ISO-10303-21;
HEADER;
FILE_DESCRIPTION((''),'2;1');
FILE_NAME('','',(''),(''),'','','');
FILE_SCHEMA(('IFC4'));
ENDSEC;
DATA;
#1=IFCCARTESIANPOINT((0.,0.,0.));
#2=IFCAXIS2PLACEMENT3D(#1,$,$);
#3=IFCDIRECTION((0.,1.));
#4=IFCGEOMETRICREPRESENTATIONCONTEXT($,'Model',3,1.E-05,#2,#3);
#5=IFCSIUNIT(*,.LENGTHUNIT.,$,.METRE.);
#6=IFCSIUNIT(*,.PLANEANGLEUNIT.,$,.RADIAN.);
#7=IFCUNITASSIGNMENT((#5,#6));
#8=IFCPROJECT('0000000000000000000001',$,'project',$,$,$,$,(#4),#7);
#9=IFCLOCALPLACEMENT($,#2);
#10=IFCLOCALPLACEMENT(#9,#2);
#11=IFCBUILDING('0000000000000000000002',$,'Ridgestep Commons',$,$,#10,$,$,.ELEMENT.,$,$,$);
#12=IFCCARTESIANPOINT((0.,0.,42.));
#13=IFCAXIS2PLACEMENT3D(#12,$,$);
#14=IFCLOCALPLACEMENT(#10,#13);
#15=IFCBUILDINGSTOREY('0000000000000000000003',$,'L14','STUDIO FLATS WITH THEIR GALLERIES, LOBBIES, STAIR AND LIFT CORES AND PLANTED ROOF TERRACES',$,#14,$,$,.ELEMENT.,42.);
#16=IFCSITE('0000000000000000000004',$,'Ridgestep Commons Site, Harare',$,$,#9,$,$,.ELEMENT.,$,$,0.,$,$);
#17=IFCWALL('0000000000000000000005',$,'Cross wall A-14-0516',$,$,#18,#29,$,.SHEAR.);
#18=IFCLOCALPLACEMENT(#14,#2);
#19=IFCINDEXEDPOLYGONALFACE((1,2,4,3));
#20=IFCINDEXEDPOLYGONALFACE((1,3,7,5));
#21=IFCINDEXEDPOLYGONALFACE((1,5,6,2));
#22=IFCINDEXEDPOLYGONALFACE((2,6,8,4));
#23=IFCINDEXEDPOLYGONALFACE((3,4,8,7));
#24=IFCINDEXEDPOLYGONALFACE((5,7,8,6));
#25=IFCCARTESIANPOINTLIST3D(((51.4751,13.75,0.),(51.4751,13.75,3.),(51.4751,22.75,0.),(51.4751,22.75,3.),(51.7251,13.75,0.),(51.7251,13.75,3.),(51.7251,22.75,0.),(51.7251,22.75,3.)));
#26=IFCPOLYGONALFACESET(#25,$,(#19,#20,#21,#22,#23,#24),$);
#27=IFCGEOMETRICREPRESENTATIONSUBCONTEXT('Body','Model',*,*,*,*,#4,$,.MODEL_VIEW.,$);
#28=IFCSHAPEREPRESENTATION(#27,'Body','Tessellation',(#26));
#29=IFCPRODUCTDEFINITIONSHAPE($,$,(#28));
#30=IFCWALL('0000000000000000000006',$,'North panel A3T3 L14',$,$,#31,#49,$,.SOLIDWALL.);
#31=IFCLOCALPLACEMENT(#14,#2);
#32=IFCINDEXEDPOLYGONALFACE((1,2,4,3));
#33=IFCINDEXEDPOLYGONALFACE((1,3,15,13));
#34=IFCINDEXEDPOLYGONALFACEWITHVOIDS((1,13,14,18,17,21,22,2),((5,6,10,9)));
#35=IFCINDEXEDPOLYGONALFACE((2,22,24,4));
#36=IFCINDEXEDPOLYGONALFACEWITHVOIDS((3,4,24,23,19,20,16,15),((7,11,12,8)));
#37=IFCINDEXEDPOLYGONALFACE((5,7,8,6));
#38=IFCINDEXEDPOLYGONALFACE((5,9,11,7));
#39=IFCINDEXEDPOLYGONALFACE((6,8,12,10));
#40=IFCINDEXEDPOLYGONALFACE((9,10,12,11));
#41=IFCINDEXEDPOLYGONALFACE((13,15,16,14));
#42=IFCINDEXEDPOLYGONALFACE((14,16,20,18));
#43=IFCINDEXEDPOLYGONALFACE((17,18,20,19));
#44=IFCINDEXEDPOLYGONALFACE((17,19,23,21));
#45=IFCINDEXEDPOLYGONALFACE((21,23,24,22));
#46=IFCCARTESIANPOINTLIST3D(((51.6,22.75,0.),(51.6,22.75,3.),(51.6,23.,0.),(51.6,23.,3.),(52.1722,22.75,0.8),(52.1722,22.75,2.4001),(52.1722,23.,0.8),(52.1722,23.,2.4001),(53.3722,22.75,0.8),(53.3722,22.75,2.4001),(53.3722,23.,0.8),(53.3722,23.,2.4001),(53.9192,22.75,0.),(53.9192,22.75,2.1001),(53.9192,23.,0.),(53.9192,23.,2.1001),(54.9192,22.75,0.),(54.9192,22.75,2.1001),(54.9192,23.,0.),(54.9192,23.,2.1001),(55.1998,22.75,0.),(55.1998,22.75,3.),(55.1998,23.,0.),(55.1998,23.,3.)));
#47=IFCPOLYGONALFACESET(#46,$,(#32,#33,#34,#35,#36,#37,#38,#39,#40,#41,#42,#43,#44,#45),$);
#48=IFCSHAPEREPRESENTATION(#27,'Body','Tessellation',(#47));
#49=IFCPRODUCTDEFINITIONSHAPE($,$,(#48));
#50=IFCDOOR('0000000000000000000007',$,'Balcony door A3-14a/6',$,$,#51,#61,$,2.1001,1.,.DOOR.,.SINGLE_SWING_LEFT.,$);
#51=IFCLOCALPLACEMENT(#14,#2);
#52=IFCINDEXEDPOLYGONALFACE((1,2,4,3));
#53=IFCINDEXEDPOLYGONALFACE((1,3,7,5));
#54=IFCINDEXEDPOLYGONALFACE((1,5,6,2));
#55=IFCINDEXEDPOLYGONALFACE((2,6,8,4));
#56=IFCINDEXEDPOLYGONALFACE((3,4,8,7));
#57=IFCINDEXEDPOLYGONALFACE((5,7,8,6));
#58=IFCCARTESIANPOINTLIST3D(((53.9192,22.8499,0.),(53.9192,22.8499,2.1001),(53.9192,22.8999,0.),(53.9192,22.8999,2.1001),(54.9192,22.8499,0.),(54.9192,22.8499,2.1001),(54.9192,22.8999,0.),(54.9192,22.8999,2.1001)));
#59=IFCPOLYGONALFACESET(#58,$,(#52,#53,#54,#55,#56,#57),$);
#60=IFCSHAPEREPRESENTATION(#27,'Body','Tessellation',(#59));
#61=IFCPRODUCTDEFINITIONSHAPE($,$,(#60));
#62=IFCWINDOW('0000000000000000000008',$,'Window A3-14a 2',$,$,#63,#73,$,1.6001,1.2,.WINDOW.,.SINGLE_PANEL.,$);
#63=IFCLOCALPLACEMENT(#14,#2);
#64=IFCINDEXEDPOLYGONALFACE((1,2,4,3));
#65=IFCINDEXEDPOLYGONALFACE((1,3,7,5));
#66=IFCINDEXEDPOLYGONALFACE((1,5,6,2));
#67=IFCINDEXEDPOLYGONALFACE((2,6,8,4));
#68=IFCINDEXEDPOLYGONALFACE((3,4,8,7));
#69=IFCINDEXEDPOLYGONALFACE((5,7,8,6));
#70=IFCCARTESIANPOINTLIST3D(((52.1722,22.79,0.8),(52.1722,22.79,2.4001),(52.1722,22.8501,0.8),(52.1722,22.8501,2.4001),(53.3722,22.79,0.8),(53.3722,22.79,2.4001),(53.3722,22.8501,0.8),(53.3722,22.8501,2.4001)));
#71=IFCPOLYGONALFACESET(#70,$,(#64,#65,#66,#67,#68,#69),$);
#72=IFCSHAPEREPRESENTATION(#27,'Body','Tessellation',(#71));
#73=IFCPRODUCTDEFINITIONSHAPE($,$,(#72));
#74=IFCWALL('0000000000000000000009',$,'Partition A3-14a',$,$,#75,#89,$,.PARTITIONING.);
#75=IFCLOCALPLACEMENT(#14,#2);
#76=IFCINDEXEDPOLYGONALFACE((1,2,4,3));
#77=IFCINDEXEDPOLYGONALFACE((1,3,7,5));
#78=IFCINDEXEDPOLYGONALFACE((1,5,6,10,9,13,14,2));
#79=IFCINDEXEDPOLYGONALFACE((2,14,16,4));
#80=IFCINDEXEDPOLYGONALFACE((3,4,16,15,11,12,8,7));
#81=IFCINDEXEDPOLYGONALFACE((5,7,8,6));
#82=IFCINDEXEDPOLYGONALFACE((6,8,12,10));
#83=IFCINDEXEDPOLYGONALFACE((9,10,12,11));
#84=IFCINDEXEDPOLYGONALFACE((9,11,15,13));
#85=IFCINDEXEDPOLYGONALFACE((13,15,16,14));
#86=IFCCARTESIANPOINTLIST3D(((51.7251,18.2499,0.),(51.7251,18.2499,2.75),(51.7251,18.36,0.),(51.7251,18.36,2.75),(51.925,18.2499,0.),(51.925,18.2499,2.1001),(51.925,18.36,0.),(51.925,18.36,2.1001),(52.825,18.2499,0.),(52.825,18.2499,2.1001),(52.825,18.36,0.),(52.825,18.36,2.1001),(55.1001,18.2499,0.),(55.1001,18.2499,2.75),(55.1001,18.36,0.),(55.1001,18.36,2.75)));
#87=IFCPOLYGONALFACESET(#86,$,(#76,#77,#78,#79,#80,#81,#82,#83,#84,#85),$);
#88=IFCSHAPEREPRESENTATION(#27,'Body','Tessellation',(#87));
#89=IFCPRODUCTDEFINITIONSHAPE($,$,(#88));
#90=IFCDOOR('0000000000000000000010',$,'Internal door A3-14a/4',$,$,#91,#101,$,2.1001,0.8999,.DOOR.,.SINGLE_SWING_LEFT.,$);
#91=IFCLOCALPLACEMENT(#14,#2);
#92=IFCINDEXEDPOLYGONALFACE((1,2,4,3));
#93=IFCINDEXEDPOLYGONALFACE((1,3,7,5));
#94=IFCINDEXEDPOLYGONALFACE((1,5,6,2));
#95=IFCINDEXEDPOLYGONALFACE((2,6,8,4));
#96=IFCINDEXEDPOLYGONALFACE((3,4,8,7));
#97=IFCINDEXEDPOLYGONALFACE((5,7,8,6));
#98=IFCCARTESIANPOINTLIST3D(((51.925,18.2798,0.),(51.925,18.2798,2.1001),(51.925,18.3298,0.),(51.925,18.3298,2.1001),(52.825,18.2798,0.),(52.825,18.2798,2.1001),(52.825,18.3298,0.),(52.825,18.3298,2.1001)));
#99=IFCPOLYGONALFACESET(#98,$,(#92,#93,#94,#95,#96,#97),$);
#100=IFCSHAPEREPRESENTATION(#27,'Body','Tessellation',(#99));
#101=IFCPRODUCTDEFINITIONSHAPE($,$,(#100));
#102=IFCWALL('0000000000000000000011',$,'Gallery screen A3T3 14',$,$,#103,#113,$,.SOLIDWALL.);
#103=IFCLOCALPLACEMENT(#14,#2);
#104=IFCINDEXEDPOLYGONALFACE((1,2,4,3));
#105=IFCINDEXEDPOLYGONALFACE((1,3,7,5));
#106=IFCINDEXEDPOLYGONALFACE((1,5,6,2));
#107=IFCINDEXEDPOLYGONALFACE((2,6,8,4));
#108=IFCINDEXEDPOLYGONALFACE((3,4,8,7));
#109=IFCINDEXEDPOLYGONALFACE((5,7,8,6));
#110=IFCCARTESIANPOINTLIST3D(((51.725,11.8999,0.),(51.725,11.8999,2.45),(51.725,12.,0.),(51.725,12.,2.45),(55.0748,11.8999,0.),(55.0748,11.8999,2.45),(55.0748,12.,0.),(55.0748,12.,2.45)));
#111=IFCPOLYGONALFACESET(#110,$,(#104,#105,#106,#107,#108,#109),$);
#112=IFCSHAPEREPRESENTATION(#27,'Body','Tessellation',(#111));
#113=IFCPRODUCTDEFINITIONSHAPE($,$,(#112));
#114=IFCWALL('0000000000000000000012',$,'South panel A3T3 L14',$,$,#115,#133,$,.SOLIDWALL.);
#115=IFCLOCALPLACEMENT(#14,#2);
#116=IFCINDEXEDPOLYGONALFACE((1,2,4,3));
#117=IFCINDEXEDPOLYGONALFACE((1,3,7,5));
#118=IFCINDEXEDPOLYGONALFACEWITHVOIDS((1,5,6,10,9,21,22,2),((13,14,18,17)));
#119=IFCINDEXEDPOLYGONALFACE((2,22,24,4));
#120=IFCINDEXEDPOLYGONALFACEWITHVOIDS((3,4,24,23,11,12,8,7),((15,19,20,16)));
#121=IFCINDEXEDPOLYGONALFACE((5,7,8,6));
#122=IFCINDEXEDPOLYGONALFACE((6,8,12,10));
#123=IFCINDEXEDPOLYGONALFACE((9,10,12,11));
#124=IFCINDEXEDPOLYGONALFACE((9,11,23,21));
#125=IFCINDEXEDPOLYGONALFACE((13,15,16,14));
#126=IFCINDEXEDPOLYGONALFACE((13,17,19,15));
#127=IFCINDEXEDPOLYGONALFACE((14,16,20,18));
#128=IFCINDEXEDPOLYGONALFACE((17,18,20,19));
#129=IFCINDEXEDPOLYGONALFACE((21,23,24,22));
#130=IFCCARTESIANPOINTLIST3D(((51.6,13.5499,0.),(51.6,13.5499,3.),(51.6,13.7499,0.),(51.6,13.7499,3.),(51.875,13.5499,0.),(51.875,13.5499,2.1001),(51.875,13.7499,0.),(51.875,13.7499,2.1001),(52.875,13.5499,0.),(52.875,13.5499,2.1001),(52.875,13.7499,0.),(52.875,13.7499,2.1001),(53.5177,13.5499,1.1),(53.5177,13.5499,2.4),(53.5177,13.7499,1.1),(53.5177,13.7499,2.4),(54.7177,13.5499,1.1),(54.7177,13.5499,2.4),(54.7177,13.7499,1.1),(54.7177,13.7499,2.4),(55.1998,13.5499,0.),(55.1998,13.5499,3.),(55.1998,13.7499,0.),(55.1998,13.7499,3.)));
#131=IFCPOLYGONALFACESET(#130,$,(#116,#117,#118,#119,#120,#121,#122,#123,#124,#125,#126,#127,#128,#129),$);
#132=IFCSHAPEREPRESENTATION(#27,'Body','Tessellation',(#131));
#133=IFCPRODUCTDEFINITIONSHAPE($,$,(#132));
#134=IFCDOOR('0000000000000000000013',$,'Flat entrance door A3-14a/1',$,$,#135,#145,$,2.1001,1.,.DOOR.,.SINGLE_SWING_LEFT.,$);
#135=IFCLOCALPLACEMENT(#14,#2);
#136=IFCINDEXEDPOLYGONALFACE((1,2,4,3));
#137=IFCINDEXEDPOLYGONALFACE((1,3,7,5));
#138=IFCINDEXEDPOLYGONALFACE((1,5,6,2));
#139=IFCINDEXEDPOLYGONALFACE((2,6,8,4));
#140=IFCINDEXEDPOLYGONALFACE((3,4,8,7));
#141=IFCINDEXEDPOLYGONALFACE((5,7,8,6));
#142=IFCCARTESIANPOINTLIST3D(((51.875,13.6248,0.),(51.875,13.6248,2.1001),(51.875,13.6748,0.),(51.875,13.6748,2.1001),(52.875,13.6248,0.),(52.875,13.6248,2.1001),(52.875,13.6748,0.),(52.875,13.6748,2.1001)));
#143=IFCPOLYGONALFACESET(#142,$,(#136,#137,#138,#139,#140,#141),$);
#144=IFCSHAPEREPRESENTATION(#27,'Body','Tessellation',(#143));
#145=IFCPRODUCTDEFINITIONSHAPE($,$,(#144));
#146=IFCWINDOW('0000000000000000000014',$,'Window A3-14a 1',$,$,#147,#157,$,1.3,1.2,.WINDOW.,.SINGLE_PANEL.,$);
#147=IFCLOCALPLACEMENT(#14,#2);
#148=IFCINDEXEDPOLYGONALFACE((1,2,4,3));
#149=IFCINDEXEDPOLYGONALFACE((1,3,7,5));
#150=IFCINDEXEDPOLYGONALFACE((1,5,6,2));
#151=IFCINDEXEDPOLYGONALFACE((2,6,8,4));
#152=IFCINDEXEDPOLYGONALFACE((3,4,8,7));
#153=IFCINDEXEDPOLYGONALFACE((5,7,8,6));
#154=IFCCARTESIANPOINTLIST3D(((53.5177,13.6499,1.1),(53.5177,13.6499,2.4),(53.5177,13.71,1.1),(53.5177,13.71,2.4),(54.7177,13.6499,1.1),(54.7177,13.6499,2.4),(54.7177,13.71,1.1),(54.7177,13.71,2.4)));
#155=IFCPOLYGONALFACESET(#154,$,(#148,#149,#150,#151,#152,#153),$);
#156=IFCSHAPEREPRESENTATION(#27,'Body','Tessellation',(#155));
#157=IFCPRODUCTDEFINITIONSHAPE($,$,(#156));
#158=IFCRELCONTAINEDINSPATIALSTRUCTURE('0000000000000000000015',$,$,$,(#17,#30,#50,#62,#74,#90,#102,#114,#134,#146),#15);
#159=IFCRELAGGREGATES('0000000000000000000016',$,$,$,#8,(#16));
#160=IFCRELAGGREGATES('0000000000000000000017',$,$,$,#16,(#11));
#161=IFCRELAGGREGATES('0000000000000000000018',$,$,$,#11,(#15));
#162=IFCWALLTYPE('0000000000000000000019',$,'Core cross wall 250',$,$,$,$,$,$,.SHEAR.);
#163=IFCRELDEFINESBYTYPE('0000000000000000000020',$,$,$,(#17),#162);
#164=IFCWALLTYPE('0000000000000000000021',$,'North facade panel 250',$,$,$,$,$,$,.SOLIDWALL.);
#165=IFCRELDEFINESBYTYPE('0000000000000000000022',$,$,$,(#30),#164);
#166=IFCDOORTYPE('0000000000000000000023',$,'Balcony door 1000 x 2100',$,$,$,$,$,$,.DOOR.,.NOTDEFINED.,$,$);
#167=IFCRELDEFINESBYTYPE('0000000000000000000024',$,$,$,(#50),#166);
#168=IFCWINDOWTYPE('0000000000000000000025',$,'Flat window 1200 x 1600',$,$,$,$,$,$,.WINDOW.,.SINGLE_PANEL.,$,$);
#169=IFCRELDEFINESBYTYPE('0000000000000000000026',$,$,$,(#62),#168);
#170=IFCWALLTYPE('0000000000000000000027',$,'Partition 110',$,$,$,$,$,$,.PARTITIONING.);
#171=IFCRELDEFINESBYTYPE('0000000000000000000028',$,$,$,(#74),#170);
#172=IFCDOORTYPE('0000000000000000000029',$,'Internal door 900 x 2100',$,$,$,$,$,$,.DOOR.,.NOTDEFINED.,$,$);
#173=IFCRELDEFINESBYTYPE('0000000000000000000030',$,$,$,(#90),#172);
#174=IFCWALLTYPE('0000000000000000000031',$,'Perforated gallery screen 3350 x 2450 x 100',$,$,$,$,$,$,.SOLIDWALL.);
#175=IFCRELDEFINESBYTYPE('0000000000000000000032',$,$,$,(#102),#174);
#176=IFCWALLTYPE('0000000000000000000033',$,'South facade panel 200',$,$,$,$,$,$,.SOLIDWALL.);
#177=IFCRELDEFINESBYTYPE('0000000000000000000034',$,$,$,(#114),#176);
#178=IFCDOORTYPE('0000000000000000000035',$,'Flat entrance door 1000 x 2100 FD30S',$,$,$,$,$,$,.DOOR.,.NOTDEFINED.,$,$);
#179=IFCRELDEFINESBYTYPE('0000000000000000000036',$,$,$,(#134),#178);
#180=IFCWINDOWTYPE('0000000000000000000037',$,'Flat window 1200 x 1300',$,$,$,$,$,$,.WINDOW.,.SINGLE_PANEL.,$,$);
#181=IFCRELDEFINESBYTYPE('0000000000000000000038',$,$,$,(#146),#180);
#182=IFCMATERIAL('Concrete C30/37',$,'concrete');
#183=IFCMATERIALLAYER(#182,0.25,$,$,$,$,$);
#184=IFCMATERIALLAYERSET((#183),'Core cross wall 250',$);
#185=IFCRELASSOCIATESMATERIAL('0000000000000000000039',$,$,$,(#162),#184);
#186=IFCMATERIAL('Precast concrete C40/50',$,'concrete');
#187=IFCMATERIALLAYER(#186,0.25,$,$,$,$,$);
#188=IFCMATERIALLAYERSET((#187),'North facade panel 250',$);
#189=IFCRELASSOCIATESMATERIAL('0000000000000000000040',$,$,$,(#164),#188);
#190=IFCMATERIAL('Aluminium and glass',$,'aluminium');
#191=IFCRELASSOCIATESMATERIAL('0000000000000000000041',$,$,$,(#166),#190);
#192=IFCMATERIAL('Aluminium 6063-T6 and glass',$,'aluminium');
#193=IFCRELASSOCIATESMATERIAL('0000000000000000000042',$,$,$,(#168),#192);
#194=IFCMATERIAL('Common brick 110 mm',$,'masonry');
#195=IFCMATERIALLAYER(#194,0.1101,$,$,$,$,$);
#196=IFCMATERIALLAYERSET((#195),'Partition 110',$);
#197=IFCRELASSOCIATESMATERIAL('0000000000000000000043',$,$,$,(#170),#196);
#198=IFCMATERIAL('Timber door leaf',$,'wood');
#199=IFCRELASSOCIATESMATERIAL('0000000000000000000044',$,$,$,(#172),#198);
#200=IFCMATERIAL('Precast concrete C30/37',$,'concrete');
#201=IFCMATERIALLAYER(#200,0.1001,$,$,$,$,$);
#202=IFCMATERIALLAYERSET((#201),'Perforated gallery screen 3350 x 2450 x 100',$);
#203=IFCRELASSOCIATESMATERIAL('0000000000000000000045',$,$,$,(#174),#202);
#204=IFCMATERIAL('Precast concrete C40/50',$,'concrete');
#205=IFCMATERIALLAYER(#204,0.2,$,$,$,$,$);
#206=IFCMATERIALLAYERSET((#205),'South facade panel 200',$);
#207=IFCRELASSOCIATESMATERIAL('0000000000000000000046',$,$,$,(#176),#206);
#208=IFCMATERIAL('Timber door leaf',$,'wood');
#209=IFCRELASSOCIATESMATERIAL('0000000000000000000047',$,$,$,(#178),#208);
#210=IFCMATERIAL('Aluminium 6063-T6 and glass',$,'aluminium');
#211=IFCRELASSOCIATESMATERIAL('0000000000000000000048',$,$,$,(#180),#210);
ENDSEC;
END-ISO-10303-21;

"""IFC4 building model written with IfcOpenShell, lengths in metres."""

from ifc_helpers import new_model, si_unit, direction, frame, frame_2d, origin, place, context, subcontext, project, spatial, rectangle, extrude, material, layer, layer_set, type_object, element, fill, save


model = new_model("IFC4")

# Units and contexts
model_context = context("Model", 3, precision=1e-05, world=origin(), true_north=direction((0.0, 1.0)))
body_context = subcontext(model_context, "Body", "Model", "MODEL_VIEW")
ifc_project = project(units=[si_unit("LENGTHUNIT", "METRE"), si_unit("PLANEANGLEUNIT", "RADIAN")], contexts=[model_context])

# Site, building, storey
site_placement = place(None, origin())
site = spatial("IfcSite", under=ifc_project, at=site_placement, Name="Ridgestep Commons Site, Harare", CompositionType="ELEMENT", RefElevation=0.0)
building_placement = place(site_placement, origin())
building = spatial("IfcBuilding", under=site, at=building_placement, Name="Ridgestep Commons", CompositionType="ELEMENT")
storey_placement = place(building_placement, frame((0.0, 0.0, 42.0)))
storey = spatial("IfcBuildingStorey", under=building, at=storey_placement, Name="L14", Description="STUDIO FLATS WITH THEIR GALLERIES, LOBBIES, STAIR AND LIFT CORES AND PLANTED ROOF TERRACES", CompositionType="ELEMENT", Elevation=42.0)

# Wall
ifc_material_1 = material(Name="Concrete C30/37", Category="concrete")
ifc_layer_1 = layer(ifc_material_1, 0.25)
ifc_layer_set_1 = layer_set([ifc_layer_1], Name="Core cross wall 250")
wall_type_1 = type_object("IfcWallType", Name="Core cross wall 250", PredefinedType="SHEAR", material=ifc_layer_set_1)
wall_1_placement = place(storey_placement, frame((51.6001, 13.75, 0.0), z_axis=(0.0, 0.0, 1.0), x_axis=(0.0, 1.0, 0.0)))
element("IfcWall", 1, at=wall_1_placement, inside=storey, type_object=wall_type_1, Name="Cross wall A-14-0516", PredefinedType="SHEAR", context=body_context, shape_type="SweptSolid", body=[
    extrude(rectangle(XDim=9.0, YDim=0.25, at=frame_2d((4.5, 0.0))), origin(), (0.0, 0.0, 1.0), 3.0),
])

# Wall, openings, door, window
ifc_material_2 = material(Name="Precast concrete C40/50", Category="concrete")
ifc_layer_2 = layer(ifc_material_2, 0.25)
ifc_layer_set_2 = layer_set([ifc_layer_2], Name="North facade panel 250")
wall_type_2 = type_object("IfcWallType", Name="North facade panel 250", PredefinedType="SOLIDWALL", material=ifc_layer_set_2)
wall_2_placement = place(storey_placement, frame((51.6001, 22.875, 0.0), z_axis=(0.0, 0.0, 1.0), x_axis=(1.0, 0.0, 0.0)))
wall_2 = element("IfcWall", 2, at=wall_2_placement, inside=storey, type_object=wall_type_2, Name="North panel A3T3 L14", PredefinedType="SOLIDWALL", context=body_context, shape_type="SweptSolid", body=[
    extrude(rectangle(XDim=3.5999, YDim=0.25, at=frame_2d((1.7998, 0.0))), origin(), (0.0, 0.0, 1.0), 3.0),
])
opening_1_placement = place(wall_2_placement, frame((0.572, 0.0, 0.8)))
opening_1 = element("IfcOpeningElement", 3, at=opening_1_placement, cuts=wall_2, PredefinedType="OPENING", context=body_context, shape_type="SweptSolid", body=[
    extrude(rectangle(XDim=1.2, YDim=1.6001, at=frame_2d((0.6001, 0.8))), frame((0.0, 0.135, 0.0), z_axis=(0.0, -1.0, 0.0), x_axis=(1.0, 0.0, 0.0)), (0.0, 0.0, 1.0), 0.27),
])
opening_2_placement = place(wall_2_placement, frame((2.3191, 0.0, 0.0)))
opening_2 = element("IfcOpeningElement", 4, at=opening_2_placement, cuts=wall_2, PredefinedType="OPENING", context=body_context, shape_type="SweptSolid", body=[
    extrude(rectangle(XDim=1.0, YDim=2.1001, at=frame_2d((0.5, 1.05))), frame((0.0, 0.135, 0.0), z_axis=(0.0, -1.0, 0.0), x_axis=(1.0, 0.0, 0.0)), (0.0, 0.0, 1.0), 0.27),
])
ifc_material_3 = material(Name="Aluminium and glass", Category="aluminium")
door_type_1 = type_object("IfcDoorType", Name="Balcony door 1000 x 2100", OperationType="NOTDEFINED", PredefinedType="DOOR", material=ifc_material_3)
door_1_placement = place(opening_2_placement, origin())
door_1 = element("IfcDoor", 5, at=door_1_placement, inside=storey, type_object=door_type_1, Name="Balcony door A3-14a/6", OperationType="SINGLE_SWING_LEFT", OverallHeight=2.1001, OverallWidth=1.0, PredefinedType="DOOR", context=body_context, shape_type="SweptSolid", body=[
    extrude(rectangle(XDim=1.0, YDim=2.1001, at=frame_2d((0.5, 1.05))), frame((0.0, 0.0249, 0.0), z_axis=(0.0, -1.0, 0.0), x_axis=(1.0, 0.0, 0.0)), (0.0, 0.0, 1.0), 0.05),
])
fill(opening_2, door_1)
ifc_material_4 = material(Name="Aluminium 6063-T6 and glass", Category="aluminium")
window_type_1 = type_object("IfcWindowType", Name="Flat window 1200 x 1600", PartitioningType="SINGLE_PANEL", PredefinedType="WINDOW", material=ifc_material_4)
window_1_placement = place(opening_1_placement, origin())
window_1 = element("IfcWindow", 6, at=window_1_placement, inside=storey, type_object=window_type_1, Name="Window A3-14a 2", OverallHeight=1.6001, OverallWidth=1.2, PartitioningType="SINGLE_PANEL", PredefinedType="WINDOW", context=body_context, shape_type="SweptSolid", body=[
    extrude(rectangle(XDim=1.2, YDim=1.6001, at=frame_2d((0.6001, 0.8))), frame((0.0, -0.0249, 0.0), z_axis=(0.0, -1.0, 0.0), x_axis=(1.0, 0.0, 0.0)), (0.0, 0.0, 1.0), 0.0601),
])
fill(opening_1, window_1)

# Wall, opening, door
ifc_material_5 = material(Name="Common brick 110 mm", Category="masonry")
ifc_layer_3 = layer(ifc_material_5, 0.1101)
ifc_layer_set_3 = layer_set([ifc_layer_3], Name="Partition 110")
wall_type_3 = type_object("IfcWallType", Name="Partition 110", PredefinedType="PARTITIONING", material=ifc_layer_set_3)
wall_3_placement = place(storey_placement, frame((51.7251, 18.3049, 0.0), z_axis=(0.0, 0.0, 1.0), x_axis=(1.0, 0.0, 0.0)))
wall_3 = element("IfcWall", 7, at=wall_3_placement, inside=storey, type_object=wall_type_3, Name="Partition A3-14a", PredefinedType="PARTITIONING", context=body_context, shape_type="SweptSolid", body=[
    extrude(rectangle(XDim=3.375, YDim=0.1101, at=frame_2d((1.6875, 0.0))), origin(), (0.0, 0.0, 1.0), 2.75),
])
opening_3_placement = place(wall_3_placement, frame((0.2, 0.0, 0.0)))
opening_3 = element("IfcOpeningElement", 8, at=opening_3_placement, cuts=wall_3, PredefinedType="OPENING", context=body_context, shape_type="SweptSolid", body=[
    extrude(rectangle(XDim=0.8999, YDim=2.1001, at=frame_2d((0.45, 1.05))), frame((0.0, 0.0649, 0.0), z_axis=(0.0, -1.0, 0.0), x_axis=(1.0, 0.0, 0.0)), (0.0, 0.0, 1.0), 0.1301),
])
ifc_material_6 = material(Name="Timber door leaf", Category="wood")
door_type_2 = type_object("IfcDoorType", Name="Internal door 900 x 2100", OperationType="NOTDEFINED", PredefinedType="DOOR", material=ifc_material_6)
door_2_placement = place(opening_3_placement, origin())
door_2 = element("IfcDoor", 9, at=door_2_placement, inside=storey, type_object=door_type_2, Name="Internal door A3-14a/4", OperationType="SINGLE_SWING_LEFT", OverallHeight=2.1001, OverallWidth=0.8999, PredefinedType="DOOR", context=body_context, shape_type="SweptSolid", body=[
    extrude(rectangle(XDim=0.8999, YDim=2.1001, at=frame_2d((0.45, 1.05))), frame((0.0, 0.0249, 0.0), z_axis=(0.0, -1.0, 0.0), x_axis=(1.0, 0.0, 0.0)), (0.0, 0.0, 1.0), 0.05),
])
fill(opening_3, door_2)

# Wall
ifc_material_7 = material(Name="Precast concrete C30/37", Category="concrete")
ifc_layer_4 = layer(ifc_material_7, 0.1001)
ifc_layer_set_4 = layer_set([ifc_layer_4], Name="Perforated gallery screen 3350 x 2450 x 100")
wall_type_4 = type_object("IfcWallType", Name="Perforated gallery screen 3350 x 2450 x 100", PredefinedType="SOLIDWALL", material=ifc_layer_set_4)
wall_4_placement = place(storey_placement, frame((51.7251, 11.95, 0.0), z_axis=(0.0, 0.0, 1.0), x_axis=(1.0, 0.0, 0.0)))
element("IfcWall", 10, at=wall_4_placement, inside=storey, type_object=wall_type_4, Name="Gallery screen A3T3 14", PredefinedType="SOLIDWALL", context=body_context, shape_type="SweptSolid", body=[
    extrude(rectangle(XDim=3.3499, YDim=0.1001, at=frame_2d((1.6748, 0.0))), origin(), (0.0, 0.0, 1.0), 2.45),
])

# Wall, openings, door, window
ifc_material_8 = material(Name="Precast concrete C40/50", Category="concrete")
ifc_layer_5 = layer(ifc_material_8, 0.2)
ifc_layer_set_5 = layer_set([ifc_layer_5], Name="South facade panel 200")
wall_type_5 = type_object("IfcWallType", Name="South facade panel 200", PredefinedType="SOLIDWALL", material=ifc_layer_set_5)
wall_5_placement = place(storey_placement, frame((51.6001, 13.6499, 0.0), z_axis=(0.0, 0.0, 1.0), x_axis=(1.0, 0.0, 0.0)))
wall_5 = element("IfcWall", 11, at=wall_5_placement, inside=storey, type_object=wall_type_5, Name="South panel A3T3 L14", PredefinedType="SOLIDWALL", context=body_context, shape_type="SweptSolid", body=[
    extrude(rectangle(XDim=3.5999, YDim=0.2, at=frame_2d((1.7998, 0.0))), origin(), (0.0, 0.0, 1.0), 3.0),
])
opening_4_placement = place(wall_5_placement, frame((1.9175, 0.0, 1.1001)))
opening_4 = element("IfcOpeningElement", 12, at=opening_4_placement, cuts=wall_5, PredefinedType="OPENING", context=body_context, shape_type="SweptSolid", body=[
    extrude(rectangle(XDim=1.2, YDim=1.3, at=frame_2d((0.6001, 0.6499))), frame((0.0, 0.1099, 0.0), z_axis=(0.0, -1.0, 0.0), x_axis=(1.0, 0.0, 0.0)), (0.0, 0.0, 1.0), 0.22),
])
opening_5_placement = place(wall_5_placement, frame((0.2749, 0.0, 0.0)))
opening_5 = element("IfcOpeningElement", 13, at=opening_5_placement, cuts=wall_5, PredefinedType="OPENING", context=body_context, shape_type="SweptSolid", body=[
    extrude(rectangle(XDim=1.0, YDim=2.1001, at=frame_2d((0.5, 1.05))), frame((0.0, 0.1099, 0.0), z_axis=(0.0, -1.0, 0.0), x_axis=(1.0, 0.0, 0.0)), (0.0, 0.0, 1.0), 0.22),
])
ifc_material_9 = material(Name="Timber door leaf", Category="wood")
door_type_3 = type_object("IfcDoorType", Name="Flat entrance door 1000 x 2100 FD30S", OperationType="NOTDEFINED", PredefinedType="DOOR", material=ifc_material_9)
door_3_placement = place(opening_5_placement, origin())
door_3 = element("IfcDoor", 14, at=door_3_placement, inside=storey, type_object=door_type_3, Name="Flat entrance door A3-14a/1", OperationType="SINGLE_SWING_LEFT", OverallHeight=2.1001, OverallWidth=1.0, PredefinedType="DOOR", context=body_context, shape_type="SweptSolid", body=[
    extrude(rectangle(XDim=1.0, YDim=2.1001, at=frame_2d((0.5, 1.05))), frame((0.0, 0.0249, 0.0), z_axis=(0.0, -1.0, 0.0), x_axis=(1.0, 0.0, 0.0)), (0.0, 0.0, 1.0), 0.05),
])
fill(opening_5, door_3)
ifc_material_10 = material(Name="Aluminium 6063-T6 and glass", Category="aluminium")
window_type_2 = type_object("IfcWindowType", Name="Flat window 1200 x 1300", PartitioningType="SINGLE_PANEL", PredefinedType="WINDOW", material=ifc_material_10)
window_2_placement = place(opening_4_placement, origin())
window_2 = element("IfcWindow", 15, at=window_2_placement, inside=storey, type_object=window_type_2, Name="Window A3-14a 1", OverallHeight=1.3, OverallWidth=1.2, PartitioningType="SINGLE_PANEL", PredefinedType="WINDOW", context=body_context, shape_type="SweptSolid", body=[
    extrude(rectangle(XDim=1.2, YDim=1.3, at=frame_2d((0.6001, 0.6499))), frame((0.0, 0.0601, 0.0), z_axis=(0.0, -1.0, 0.0), x_axis=(1.0, 0.0, 0.0)), (0.0, 0.0, 1.0), 0.0601),
])
fill(opening_4, window_2)

save(model, "model.ifc")
